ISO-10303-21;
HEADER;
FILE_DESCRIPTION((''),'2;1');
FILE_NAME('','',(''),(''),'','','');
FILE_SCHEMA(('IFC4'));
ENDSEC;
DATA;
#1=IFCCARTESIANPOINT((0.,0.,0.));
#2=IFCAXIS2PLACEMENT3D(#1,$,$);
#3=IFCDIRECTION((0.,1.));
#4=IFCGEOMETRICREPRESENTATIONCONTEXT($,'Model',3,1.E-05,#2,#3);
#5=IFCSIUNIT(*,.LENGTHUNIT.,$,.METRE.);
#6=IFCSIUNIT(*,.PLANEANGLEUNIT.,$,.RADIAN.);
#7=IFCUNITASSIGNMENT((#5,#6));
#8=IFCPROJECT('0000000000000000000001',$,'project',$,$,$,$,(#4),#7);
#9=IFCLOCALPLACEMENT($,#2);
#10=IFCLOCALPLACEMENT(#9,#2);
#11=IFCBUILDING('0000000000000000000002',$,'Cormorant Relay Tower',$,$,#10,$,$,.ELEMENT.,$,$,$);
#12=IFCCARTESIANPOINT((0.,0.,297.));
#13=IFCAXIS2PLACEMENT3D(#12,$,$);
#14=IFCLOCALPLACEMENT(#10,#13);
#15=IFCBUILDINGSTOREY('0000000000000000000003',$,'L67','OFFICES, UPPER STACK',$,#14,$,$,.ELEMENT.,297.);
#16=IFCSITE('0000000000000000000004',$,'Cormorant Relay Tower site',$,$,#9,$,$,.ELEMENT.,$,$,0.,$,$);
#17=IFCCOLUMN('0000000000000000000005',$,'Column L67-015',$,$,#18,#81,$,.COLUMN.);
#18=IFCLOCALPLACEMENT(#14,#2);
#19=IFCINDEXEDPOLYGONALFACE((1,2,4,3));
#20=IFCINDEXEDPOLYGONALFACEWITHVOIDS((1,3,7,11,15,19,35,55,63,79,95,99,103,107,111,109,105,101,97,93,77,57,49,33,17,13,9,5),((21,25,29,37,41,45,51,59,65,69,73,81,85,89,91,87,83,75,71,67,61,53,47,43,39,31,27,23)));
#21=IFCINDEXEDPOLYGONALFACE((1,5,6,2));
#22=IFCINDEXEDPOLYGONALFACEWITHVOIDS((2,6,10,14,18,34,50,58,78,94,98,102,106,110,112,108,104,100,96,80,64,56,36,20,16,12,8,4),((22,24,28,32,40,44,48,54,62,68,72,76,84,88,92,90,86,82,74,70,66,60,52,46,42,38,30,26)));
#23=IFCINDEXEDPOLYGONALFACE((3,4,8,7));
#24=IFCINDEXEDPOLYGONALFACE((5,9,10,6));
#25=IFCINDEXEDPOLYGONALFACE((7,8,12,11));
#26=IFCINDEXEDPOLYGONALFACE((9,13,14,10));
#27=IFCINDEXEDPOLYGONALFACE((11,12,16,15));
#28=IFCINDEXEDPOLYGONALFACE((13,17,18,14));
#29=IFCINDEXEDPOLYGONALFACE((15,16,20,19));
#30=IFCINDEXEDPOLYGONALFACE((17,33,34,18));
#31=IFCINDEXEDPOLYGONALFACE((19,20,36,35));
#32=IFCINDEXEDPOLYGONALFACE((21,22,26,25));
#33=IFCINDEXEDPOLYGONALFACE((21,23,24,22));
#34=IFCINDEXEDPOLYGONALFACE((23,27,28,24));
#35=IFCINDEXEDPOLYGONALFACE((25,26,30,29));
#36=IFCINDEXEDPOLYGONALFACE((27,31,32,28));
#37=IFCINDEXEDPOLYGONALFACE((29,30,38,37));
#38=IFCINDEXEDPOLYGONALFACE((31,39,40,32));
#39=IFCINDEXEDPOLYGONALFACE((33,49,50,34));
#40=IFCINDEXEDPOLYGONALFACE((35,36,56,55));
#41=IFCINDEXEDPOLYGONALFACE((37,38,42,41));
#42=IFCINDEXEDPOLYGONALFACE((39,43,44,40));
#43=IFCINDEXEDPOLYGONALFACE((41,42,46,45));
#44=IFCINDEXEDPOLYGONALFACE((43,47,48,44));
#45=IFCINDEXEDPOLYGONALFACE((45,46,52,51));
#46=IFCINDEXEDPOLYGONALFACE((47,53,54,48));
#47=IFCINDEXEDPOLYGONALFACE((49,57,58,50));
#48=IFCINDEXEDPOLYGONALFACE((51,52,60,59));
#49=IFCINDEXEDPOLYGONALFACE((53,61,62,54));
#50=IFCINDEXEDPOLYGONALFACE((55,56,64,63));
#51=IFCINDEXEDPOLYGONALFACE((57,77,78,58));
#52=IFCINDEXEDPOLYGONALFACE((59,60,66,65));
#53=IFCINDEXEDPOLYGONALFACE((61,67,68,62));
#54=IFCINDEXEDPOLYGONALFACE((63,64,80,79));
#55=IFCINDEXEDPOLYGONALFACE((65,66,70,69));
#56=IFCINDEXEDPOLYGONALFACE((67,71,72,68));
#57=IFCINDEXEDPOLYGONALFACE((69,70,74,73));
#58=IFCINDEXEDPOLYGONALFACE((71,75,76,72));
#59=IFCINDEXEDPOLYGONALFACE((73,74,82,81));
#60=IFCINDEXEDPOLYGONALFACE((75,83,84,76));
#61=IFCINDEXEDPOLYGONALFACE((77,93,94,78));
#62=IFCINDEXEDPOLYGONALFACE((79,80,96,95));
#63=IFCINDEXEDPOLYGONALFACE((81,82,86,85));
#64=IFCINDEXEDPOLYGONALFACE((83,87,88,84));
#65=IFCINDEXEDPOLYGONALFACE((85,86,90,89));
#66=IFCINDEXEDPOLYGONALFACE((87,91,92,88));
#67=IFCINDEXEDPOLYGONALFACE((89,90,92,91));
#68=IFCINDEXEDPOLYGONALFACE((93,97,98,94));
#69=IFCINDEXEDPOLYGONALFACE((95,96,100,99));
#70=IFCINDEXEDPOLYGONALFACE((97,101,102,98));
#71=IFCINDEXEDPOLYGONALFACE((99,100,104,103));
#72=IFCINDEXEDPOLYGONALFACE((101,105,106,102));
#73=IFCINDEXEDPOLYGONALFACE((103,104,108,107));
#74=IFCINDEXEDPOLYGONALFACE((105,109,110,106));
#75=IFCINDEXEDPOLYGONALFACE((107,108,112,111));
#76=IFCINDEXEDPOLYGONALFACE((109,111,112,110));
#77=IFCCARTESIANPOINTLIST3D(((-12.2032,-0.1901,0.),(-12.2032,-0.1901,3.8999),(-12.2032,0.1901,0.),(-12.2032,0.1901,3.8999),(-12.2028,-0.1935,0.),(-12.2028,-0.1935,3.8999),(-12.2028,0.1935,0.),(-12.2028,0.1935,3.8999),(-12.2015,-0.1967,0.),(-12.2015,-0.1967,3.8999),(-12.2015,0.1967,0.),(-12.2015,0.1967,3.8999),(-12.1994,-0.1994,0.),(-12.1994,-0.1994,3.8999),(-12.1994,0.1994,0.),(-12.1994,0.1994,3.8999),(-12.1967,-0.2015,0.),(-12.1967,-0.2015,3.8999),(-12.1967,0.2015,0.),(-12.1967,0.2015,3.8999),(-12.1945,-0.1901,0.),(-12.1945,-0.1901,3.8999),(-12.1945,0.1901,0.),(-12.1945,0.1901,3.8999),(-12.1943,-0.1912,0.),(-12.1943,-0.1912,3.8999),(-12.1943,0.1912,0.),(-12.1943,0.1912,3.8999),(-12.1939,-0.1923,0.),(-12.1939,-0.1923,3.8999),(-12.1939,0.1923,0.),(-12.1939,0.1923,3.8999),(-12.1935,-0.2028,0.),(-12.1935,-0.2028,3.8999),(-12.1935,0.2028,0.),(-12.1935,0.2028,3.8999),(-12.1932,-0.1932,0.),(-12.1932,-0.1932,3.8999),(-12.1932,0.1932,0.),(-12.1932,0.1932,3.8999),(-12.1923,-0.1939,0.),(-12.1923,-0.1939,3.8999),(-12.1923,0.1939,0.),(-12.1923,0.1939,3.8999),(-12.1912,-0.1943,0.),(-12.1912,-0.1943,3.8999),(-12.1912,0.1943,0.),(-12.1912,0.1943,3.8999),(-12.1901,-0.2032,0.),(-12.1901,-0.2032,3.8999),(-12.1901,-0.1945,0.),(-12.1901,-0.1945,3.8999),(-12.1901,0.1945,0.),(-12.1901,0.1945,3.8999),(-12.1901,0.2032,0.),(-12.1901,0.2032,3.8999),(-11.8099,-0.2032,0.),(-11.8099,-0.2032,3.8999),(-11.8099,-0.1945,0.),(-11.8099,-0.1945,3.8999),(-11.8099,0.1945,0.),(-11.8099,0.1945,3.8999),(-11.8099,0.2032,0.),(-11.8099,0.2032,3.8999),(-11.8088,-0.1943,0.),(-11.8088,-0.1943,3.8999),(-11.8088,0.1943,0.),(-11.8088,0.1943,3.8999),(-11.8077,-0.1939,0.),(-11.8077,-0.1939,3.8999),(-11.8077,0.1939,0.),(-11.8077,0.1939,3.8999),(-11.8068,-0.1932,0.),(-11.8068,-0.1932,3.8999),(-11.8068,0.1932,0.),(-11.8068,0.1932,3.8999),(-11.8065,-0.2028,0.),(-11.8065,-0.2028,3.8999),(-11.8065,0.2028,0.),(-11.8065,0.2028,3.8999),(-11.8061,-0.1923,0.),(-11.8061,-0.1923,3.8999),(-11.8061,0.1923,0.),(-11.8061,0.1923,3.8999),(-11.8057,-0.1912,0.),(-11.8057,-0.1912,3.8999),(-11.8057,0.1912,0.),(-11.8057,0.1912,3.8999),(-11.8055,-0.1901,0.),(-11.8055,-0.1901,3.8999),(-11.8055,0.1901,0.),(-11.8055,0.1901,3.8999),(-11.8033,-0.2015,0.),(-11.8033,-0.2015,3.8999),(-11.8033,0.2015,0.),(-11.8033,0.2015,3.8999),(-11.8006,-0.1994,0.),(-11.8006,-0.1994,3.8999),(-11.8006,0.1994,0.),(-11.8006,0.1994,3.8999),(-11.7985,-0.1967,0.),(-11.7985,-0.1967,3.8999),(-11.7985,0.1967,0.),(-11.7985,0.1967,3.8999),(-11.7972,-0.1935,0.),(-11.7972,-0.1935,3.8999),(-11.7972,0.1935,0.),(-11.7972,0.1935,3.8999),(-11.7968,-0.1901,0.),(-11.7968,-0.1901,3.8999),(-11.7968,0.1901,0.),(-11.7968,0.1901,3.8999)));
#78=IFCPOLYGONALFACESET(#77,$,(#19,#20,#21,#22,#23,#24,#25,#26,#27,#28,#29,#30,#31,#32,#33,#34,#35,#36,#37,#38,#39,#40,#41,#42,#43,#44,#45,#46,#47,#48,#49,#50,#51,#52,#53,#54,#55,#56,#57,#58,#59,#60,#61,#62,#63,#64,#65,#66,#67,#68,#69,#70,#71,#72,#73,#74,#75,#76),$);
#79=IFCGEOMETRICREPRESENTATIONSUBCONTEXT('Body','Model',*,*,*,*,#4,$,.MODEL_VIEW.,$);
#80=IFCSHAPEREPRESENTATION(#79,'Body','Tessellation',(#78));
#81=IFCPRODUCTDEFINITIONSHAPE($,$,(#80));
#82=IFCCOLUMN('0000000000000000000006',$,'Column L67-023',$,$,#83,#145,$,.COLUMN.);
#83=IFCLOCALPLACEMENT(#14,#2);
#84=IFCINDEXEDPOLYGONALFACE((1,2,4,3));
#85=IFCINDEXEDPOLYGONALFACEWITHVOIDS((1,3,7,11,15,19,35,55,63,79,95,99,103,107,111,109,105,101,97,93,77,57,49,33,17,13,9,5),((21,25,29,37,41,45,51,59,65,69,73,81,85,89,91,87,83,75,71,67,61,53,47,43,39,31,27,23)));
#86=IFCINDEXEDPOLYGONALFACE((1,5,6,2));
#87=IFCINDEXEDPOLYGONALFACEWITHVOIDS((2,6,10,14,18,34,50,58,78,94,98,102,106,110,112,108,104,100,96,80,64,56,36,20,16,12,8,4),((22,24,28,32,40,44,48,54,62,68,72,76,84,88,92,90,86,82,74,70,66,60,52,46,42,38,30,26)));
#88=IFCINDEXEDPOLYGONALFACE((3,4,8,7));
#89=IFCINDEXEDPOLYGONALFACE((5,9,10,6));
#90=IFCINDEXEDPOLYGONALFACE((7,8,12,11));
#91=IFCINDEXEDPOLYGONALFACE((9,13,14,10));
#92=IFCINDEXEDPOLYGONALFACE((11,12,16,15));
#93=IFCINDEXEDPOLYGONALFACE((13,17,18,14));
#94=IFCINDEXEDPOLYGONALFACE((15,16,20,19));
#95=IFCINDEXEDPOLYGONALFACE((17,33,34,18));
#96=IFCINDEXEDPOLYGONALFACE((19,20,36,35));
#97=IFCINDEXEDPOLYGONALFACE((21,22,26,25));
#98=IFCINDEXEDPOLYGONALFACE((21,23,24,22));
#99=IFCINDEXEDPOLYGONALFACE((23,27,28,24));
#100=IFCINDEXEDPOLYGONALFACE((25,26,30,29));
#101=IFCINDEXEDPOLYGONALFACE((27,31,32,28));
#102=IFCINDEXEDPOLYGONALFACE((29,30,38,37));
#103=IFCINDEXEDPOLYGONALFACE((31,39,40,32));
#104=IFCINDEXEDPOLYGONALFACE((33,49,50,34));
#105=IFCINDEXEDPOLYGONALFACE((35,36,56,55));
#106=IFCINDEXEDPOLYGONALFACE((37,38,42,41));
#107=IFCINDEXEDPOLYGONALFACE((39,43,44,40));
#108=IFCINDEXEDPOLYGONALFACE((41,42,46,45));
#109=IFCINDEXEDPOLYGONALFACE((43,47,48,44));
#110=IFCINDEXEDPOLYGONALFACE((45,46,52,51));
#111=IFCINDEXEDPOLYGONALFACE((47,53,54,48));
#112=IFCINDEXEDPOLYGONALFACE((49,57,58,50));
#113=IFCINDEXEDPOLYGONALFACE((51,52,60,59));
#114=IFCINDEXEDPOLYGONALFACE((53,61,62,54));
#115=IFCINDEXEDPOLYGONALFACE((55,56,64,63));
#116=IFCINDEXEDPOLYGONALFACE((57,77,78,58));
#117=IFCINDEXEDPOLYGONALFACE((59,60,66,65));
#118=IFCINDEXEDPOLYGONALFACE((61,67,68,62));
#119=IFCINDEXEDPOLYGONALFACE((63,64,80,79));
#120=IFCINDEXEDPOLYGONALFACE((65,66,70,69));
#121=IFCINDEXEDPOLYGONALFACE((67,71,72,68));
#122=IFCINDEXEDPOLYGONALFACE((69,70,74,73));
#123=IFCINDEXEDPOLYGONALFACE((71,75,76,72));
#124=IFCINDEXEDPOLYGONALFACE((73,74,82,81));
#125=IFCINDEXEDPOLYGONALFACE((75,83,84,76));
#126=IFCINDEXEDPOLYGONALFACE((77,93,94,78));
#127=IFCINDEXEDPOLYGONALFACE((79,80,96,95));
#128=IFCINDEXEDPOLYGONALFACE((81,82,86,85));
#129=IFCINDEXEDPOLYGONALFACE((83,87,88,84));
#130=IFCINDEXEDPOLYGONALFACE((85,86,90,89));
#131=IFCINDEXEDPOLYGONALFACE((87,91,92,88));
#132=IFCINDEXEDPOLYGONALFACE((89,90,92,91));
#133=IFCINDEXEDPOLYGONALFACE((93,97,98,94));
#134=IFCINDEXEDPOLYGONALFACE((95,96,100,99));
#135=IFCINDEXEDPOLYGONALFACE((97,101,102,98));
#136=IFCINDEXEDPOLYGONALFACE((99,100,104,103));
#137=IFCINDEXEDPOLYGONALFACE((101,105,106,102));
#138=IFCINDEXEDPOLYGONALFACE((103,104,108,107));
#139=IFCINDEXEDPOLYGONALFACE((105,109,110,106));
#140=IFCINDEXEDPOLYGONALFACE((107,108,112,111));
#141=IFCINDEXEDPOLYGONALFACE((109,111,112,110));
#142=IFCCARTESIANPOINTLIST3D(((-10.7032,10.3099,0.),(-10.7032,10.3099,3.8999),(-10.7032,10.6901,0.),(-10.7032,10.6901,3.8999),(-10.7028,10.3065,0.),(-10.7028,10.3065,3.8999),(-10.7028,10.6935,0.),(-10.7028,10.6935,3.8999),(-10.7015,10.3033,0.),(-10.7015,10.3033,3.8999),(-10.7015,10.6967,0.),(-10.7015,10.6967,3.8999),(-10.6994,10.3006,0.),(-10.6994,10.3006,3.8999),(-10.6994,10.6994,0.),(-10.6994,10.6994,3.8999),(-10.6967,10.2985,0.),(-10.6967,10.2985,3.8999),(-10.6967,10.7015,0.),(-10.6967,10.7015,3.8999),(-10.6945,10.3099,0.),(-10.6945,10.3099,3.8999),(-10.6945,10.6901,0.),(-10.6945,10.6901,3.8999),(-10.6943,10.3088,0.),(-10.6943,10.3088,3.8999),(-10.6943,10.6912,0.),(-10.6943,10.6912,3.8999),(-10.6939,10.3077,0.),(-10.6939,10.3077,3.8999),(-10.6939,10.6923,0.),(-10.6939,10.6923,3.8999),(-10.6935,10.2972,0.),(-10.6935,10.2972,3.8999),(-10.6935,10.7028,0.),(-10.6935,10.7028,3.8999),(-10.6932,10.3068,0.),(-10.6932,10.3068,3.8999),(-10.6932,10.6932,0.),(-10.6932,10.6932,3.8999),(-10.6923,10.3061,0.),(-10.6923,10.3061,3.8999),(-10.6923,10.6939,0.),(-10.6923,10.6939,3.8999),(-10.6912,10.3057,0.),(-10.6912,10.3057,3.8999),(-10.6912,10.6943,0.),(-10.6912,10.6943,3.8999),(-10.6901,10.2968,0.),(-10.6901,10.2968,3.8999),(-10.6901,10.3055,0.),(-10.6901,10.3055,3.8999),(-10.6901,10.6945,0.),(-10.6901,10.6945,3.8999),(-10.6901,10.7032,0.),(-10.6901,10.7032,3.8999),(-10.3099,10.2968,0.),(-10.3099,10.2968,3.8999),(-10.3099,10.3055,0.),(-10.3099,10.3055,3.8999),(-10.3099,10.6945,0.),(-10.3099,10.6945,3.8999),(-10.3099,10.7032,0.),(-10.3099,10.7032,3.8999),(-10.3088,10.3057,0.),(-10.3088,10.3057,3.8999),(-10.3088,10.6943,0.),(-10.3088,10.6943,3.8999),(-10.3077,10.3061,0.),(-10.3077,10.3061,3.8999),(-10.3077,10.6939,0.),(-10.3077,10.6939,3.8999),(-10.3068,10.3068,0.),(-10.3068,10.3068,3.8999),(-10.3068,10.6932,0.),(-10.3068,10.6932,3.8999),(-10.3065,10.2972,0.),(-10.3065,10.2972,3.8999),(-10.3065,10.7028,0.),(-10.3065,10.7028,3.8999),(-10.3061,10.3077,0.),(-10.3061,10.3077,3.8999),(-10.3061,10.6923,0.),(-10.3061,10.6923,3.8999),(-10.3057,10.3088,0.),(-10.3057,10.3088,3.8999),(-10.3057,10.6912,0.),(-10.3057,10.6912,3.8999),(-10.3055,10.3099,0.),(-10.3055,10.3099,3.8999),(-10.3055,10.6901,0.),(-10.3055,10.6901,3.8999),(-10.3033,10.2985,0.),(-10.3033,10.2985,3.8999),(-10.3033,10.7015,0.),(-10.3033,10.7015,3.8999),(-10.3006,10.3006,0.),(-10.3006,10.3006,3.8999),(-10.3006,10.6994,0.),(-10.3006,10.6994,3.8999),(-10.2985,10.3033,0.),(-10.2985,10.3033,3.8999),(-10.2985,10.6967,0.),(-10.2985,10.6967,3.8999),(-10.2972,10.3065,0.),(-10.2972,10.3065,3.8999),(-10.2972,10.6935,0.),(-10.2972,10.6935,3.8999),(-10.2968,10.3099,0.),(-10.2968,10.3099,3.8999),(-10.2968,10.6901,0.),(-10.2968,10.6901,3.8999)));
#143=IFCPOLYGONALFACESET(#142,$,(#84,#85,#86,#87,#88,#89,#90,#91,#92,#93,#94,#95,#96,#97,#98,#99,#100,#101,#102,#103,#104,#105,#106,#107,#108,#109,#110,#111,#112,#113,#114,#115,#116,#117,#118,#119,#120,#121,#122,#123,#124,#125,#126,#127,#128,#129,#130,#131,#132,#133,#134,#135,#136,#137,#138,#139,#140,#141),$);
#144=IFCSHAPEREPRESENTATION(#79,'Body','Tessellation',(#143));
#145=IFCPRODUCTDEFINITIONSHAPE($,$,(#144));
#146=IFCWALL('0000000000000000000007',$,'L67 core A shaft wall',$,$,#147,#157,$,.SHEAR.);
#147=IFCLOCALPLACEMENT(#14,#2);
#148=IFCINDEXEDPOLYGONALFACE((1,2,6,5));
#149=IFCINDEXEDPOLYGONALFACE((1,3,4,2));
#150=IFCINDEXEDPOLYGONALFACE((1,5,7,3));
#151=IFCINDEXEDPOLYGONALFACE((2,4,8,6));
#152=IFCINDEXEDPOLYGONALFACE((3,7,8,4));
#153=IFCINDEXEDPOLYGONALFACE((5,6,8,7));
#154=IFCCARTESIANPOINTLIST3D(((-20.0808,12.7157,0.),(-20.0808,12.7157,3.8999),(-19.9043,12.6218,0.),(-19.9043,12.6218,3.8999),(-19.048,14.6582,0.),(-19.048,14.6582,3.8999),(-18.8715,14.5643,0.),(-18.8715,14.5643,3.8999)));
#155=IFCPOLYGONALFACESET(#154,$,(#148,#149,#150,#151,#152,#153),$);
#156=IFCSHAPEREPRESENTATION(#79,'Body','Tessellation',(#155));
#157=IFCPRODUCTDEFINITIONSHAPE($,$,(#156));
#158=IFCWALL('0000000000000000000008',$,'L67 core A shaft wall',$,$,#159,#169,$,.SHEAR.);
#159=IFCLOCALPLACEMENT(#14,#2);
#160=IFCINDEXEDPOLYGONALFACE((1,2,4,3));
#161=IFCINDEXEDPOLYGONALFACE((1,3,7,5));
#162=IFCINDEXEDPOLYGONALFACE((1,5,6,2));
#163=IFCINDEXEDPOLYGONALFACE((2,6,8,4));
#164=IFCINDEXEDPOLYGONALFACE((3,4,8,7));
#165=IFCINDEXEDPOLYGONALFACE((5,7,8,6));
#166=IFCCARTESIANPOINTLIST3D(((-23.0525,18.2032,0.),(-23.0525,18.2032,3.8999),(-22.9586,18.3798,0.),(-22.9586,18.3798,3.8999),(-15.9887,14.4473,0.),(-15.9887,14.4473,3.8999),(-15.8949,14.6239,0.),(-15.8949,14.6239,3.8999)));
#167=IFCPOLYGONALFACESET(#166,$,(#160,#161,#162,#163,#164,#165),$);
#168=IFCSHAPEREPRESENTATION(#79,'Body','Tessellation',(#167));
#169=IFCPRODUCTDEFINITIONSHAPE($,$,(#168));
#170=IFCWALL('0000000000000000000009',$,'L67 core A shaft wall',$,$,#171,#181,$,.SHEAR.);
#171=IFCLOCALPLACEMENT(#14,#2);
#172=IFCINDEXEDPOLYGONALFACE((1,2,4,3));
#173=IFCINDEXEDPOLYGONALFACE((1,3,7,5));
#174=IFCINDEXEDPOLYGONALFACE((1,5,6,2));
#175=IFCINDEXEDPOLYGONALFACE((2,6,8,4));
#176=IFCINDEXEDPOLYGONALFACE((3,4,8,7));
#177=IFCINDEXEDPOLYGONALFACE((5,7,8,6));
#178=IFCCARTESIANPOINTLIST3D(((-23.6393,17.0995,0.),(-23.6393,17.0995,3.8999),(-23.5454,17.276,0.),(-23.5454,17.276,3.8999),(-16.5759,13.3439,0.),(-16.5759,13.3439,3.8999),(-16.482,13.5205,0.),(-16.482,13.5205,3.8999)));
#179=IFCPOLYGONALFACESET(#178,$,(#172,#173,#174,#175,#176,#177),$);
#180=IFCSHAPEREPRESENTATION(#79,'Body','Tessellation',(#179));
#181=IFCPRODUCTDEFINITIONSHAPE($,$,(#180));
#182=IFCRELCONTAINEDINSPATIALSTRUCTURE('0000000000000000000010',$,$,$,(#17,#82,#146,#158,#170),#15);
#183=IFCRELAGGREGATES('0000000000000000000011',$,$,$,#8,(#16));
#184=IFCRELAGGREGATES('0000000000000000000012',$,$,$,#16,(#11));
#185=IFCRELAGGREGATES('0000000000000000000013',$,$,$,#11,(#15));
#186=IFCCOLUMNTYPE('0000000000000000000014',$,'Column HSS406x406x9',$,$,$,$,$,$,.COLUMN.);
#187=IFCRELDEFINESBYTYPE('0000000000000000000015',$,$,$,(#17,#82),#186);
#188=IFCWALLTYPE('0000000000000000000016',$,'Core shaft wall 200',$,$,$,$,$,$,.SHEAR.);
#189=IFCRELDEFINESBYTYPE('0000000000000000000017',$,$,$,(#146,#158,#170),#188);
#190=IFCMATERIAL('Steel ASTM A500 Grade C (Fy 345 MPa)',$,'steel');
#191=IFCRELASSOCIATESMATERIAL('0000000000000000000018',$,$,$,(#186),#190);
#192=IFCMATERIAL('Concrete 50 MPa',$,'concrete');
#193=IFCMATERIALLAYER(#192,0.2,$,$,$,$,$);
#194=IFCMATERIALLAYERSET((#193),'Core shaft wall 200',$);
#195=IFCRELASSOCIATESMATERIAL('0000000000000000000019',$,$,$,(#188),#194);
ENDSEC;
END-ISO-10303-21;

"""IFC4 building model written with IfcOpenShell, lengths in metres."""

from ifc_helpers import new_model, si_unit, direction, frame, frame_2d, origin, origin_2d, place, context, subcontext, project, spatial, rectangle, hollow_rectangle, extrude, material, layer, layer_set, material_profile, profile_set, type_object, element, save


model = new_model("IFC4")

# Units and contexts
model_context = context("Model", 3, precision=1e-05, world=origin(), true_north=direction((0.0, 1.0)))
body_context = subcontext(model_context, "Body", "Model", "MODEL_VIEW")
ifc_project = project(units=[si_unit("LENGTHUNIT", "METRE"), si_unit("PLANEANGLEUNIT", "RADIAN")], contexts=[model_context])

# Site, building, storey
site_placement = place(None, origin())
site = spatial("IfcSite", under=ifc_project, at=site_placement, Name="Cormorant Relay Tower site", CompositionType="ELEMENT", RefElevation=0.0)
building_placement = place(site_placement, origin())
building = spatial("IfcBuilding", under=site, at=building_placement, Name="Cormorant Relay Tower", CompositionType="ELEMENT")
storey_placement = place(building_placement, frame((0.0, 0.0, 297.0)))
storey = spatial("IfcBuildingStorey", under=building, at=storey_placement, Name="L67", Description="OFFICES, UPPER STACK", CompositionType="ELEMENT", Elevation=297.0)

# Columns
ifc_material_1 = material(Name="Steel ASTM A500 Grade C (Fy 345 MPa)", Category="steel")
ifc_material_profile = material_profile(ifc_material_1, hollow_rectangle(XDim=0.4065, YDim=0.4065, WallThickness=0.0088, InnerFilletRadius=0.0044, OuterFilletRadius=0.0132, at=origin_2d()), Name="HSS406x406x9")
ifc_profile_set = profile_set([ifc_material_profile], Name="Steel ASTM A500 Grade C (Fy 345 MPa)")
column_type = type_object("IfcColumnType", Name="Column HSS406x406x9", PredefinedType="COLUMN", material=ifc_profile_set)
for number, where, z_axis, x_axis, name in (
    (1, (-12.0, 0.0, 0.0), (0.0, 0.0, 1.0), (1.0, 0.0, 0.0), "Column L67-015"),
    (2, (-10.5, 10.5, 0.0), (0.0, 0.0, 1.0), (1.0, 0.0, 0.0), "Column L67-023"),
):
    element("IfcColumn", number, at=place(storey_placement, frame(where, z_axis=z_axis, x_axis=x_axis)), inside=storey, type_object=column_type, Name=name, PredefinedType="COLUMN", context=body_context, shape_type="SweptSolid", body=[
        extrude(hollow_rectangle(XDim=0.4065, YDim=0.4065, WallThickness=0.0088, InnerFilletRadius=0.0044, OuterFilletRadius=0.0132, at=origin_2d()), origin(), (0.0, 0.0, 1.0), 3.8999),
    ])

# Walls
ifc_material_2 = material(Name="Concrete 50 MPa", Category="concrete")
ifc_layer_1 = layer(ifc_material_2, 0.2)
ifc_layer_set_1 = layer_set([ifc_layer_1], Name="Core shaft wall 200")
wall_type_1 = type_object("IfcWallType", Name="Core shaft wall 200", PredefinedType="SHEAR", material=ifc_layer_set_1)
wall_1_placement = place(storey_placement, frame((-18.9597, 14.6113, 0.0), z_axis=(0.0, 0.0, 1.0), x_axis=(-0.469447, -0.88296, 0.0)))
element("IfcWall", 3, at=wall_1_placement, inside=storey, type_object=wall_type_1, Name="L67 core A shaft wall", PredefinedType="SHEAR", context=body_context, shape_type="SweptSolid", body=[
    extrude(rectangle(XDim=2.2, YDim=0.2, at=frame_2d((1.1001, 0.0))), origin(), (0.0, 0.0, 1.0), 3.8999),
])
wall_2_placement = place(storey_placement, frame((-15.9419, 14.5356, 0.0), z_axis=(0.0, 0.0, 1.0), x_axis=(-0.882947, 0.469473, 0.0)))
element("IfcWall", 4, at=wall_2_placement, inside=storey, type_object=wall_type_1, Name="L67 core A shaft wall", PredefinedType="SHEAR", context=body_context, shape_type="SweptSolid", body=[
    extrude(rectangle(XDim=8.0002, YDim=0.2, at=frame_2d((4.0, 0.0))), origin(), (0.0, 0.0, 1.0), 3.8999),
])
wall_3_placement = place(storey_placement, frame((-16.5288, 13.4321, 0.0), z_axis=(0.0, 0.0, 1.0), x_axis=(-0.882953, 0.469462, 0.0)))
element("IfcWall", 5, at=wall_3_placement, inside=storey, type_object=wall_type_1, Name="L67 core A shaft wall", PredefinedType="SHEAR", context=body_context, shape_type="SweptSolid", body=[
    extrude(rectangle(XDim=7.9998, YDim=0.2, at=frame_2d((4.0, 0.0))), origin(), (0.0, 0.0, 1.0), 3.8999),
])

save(model, "model.ifc")
